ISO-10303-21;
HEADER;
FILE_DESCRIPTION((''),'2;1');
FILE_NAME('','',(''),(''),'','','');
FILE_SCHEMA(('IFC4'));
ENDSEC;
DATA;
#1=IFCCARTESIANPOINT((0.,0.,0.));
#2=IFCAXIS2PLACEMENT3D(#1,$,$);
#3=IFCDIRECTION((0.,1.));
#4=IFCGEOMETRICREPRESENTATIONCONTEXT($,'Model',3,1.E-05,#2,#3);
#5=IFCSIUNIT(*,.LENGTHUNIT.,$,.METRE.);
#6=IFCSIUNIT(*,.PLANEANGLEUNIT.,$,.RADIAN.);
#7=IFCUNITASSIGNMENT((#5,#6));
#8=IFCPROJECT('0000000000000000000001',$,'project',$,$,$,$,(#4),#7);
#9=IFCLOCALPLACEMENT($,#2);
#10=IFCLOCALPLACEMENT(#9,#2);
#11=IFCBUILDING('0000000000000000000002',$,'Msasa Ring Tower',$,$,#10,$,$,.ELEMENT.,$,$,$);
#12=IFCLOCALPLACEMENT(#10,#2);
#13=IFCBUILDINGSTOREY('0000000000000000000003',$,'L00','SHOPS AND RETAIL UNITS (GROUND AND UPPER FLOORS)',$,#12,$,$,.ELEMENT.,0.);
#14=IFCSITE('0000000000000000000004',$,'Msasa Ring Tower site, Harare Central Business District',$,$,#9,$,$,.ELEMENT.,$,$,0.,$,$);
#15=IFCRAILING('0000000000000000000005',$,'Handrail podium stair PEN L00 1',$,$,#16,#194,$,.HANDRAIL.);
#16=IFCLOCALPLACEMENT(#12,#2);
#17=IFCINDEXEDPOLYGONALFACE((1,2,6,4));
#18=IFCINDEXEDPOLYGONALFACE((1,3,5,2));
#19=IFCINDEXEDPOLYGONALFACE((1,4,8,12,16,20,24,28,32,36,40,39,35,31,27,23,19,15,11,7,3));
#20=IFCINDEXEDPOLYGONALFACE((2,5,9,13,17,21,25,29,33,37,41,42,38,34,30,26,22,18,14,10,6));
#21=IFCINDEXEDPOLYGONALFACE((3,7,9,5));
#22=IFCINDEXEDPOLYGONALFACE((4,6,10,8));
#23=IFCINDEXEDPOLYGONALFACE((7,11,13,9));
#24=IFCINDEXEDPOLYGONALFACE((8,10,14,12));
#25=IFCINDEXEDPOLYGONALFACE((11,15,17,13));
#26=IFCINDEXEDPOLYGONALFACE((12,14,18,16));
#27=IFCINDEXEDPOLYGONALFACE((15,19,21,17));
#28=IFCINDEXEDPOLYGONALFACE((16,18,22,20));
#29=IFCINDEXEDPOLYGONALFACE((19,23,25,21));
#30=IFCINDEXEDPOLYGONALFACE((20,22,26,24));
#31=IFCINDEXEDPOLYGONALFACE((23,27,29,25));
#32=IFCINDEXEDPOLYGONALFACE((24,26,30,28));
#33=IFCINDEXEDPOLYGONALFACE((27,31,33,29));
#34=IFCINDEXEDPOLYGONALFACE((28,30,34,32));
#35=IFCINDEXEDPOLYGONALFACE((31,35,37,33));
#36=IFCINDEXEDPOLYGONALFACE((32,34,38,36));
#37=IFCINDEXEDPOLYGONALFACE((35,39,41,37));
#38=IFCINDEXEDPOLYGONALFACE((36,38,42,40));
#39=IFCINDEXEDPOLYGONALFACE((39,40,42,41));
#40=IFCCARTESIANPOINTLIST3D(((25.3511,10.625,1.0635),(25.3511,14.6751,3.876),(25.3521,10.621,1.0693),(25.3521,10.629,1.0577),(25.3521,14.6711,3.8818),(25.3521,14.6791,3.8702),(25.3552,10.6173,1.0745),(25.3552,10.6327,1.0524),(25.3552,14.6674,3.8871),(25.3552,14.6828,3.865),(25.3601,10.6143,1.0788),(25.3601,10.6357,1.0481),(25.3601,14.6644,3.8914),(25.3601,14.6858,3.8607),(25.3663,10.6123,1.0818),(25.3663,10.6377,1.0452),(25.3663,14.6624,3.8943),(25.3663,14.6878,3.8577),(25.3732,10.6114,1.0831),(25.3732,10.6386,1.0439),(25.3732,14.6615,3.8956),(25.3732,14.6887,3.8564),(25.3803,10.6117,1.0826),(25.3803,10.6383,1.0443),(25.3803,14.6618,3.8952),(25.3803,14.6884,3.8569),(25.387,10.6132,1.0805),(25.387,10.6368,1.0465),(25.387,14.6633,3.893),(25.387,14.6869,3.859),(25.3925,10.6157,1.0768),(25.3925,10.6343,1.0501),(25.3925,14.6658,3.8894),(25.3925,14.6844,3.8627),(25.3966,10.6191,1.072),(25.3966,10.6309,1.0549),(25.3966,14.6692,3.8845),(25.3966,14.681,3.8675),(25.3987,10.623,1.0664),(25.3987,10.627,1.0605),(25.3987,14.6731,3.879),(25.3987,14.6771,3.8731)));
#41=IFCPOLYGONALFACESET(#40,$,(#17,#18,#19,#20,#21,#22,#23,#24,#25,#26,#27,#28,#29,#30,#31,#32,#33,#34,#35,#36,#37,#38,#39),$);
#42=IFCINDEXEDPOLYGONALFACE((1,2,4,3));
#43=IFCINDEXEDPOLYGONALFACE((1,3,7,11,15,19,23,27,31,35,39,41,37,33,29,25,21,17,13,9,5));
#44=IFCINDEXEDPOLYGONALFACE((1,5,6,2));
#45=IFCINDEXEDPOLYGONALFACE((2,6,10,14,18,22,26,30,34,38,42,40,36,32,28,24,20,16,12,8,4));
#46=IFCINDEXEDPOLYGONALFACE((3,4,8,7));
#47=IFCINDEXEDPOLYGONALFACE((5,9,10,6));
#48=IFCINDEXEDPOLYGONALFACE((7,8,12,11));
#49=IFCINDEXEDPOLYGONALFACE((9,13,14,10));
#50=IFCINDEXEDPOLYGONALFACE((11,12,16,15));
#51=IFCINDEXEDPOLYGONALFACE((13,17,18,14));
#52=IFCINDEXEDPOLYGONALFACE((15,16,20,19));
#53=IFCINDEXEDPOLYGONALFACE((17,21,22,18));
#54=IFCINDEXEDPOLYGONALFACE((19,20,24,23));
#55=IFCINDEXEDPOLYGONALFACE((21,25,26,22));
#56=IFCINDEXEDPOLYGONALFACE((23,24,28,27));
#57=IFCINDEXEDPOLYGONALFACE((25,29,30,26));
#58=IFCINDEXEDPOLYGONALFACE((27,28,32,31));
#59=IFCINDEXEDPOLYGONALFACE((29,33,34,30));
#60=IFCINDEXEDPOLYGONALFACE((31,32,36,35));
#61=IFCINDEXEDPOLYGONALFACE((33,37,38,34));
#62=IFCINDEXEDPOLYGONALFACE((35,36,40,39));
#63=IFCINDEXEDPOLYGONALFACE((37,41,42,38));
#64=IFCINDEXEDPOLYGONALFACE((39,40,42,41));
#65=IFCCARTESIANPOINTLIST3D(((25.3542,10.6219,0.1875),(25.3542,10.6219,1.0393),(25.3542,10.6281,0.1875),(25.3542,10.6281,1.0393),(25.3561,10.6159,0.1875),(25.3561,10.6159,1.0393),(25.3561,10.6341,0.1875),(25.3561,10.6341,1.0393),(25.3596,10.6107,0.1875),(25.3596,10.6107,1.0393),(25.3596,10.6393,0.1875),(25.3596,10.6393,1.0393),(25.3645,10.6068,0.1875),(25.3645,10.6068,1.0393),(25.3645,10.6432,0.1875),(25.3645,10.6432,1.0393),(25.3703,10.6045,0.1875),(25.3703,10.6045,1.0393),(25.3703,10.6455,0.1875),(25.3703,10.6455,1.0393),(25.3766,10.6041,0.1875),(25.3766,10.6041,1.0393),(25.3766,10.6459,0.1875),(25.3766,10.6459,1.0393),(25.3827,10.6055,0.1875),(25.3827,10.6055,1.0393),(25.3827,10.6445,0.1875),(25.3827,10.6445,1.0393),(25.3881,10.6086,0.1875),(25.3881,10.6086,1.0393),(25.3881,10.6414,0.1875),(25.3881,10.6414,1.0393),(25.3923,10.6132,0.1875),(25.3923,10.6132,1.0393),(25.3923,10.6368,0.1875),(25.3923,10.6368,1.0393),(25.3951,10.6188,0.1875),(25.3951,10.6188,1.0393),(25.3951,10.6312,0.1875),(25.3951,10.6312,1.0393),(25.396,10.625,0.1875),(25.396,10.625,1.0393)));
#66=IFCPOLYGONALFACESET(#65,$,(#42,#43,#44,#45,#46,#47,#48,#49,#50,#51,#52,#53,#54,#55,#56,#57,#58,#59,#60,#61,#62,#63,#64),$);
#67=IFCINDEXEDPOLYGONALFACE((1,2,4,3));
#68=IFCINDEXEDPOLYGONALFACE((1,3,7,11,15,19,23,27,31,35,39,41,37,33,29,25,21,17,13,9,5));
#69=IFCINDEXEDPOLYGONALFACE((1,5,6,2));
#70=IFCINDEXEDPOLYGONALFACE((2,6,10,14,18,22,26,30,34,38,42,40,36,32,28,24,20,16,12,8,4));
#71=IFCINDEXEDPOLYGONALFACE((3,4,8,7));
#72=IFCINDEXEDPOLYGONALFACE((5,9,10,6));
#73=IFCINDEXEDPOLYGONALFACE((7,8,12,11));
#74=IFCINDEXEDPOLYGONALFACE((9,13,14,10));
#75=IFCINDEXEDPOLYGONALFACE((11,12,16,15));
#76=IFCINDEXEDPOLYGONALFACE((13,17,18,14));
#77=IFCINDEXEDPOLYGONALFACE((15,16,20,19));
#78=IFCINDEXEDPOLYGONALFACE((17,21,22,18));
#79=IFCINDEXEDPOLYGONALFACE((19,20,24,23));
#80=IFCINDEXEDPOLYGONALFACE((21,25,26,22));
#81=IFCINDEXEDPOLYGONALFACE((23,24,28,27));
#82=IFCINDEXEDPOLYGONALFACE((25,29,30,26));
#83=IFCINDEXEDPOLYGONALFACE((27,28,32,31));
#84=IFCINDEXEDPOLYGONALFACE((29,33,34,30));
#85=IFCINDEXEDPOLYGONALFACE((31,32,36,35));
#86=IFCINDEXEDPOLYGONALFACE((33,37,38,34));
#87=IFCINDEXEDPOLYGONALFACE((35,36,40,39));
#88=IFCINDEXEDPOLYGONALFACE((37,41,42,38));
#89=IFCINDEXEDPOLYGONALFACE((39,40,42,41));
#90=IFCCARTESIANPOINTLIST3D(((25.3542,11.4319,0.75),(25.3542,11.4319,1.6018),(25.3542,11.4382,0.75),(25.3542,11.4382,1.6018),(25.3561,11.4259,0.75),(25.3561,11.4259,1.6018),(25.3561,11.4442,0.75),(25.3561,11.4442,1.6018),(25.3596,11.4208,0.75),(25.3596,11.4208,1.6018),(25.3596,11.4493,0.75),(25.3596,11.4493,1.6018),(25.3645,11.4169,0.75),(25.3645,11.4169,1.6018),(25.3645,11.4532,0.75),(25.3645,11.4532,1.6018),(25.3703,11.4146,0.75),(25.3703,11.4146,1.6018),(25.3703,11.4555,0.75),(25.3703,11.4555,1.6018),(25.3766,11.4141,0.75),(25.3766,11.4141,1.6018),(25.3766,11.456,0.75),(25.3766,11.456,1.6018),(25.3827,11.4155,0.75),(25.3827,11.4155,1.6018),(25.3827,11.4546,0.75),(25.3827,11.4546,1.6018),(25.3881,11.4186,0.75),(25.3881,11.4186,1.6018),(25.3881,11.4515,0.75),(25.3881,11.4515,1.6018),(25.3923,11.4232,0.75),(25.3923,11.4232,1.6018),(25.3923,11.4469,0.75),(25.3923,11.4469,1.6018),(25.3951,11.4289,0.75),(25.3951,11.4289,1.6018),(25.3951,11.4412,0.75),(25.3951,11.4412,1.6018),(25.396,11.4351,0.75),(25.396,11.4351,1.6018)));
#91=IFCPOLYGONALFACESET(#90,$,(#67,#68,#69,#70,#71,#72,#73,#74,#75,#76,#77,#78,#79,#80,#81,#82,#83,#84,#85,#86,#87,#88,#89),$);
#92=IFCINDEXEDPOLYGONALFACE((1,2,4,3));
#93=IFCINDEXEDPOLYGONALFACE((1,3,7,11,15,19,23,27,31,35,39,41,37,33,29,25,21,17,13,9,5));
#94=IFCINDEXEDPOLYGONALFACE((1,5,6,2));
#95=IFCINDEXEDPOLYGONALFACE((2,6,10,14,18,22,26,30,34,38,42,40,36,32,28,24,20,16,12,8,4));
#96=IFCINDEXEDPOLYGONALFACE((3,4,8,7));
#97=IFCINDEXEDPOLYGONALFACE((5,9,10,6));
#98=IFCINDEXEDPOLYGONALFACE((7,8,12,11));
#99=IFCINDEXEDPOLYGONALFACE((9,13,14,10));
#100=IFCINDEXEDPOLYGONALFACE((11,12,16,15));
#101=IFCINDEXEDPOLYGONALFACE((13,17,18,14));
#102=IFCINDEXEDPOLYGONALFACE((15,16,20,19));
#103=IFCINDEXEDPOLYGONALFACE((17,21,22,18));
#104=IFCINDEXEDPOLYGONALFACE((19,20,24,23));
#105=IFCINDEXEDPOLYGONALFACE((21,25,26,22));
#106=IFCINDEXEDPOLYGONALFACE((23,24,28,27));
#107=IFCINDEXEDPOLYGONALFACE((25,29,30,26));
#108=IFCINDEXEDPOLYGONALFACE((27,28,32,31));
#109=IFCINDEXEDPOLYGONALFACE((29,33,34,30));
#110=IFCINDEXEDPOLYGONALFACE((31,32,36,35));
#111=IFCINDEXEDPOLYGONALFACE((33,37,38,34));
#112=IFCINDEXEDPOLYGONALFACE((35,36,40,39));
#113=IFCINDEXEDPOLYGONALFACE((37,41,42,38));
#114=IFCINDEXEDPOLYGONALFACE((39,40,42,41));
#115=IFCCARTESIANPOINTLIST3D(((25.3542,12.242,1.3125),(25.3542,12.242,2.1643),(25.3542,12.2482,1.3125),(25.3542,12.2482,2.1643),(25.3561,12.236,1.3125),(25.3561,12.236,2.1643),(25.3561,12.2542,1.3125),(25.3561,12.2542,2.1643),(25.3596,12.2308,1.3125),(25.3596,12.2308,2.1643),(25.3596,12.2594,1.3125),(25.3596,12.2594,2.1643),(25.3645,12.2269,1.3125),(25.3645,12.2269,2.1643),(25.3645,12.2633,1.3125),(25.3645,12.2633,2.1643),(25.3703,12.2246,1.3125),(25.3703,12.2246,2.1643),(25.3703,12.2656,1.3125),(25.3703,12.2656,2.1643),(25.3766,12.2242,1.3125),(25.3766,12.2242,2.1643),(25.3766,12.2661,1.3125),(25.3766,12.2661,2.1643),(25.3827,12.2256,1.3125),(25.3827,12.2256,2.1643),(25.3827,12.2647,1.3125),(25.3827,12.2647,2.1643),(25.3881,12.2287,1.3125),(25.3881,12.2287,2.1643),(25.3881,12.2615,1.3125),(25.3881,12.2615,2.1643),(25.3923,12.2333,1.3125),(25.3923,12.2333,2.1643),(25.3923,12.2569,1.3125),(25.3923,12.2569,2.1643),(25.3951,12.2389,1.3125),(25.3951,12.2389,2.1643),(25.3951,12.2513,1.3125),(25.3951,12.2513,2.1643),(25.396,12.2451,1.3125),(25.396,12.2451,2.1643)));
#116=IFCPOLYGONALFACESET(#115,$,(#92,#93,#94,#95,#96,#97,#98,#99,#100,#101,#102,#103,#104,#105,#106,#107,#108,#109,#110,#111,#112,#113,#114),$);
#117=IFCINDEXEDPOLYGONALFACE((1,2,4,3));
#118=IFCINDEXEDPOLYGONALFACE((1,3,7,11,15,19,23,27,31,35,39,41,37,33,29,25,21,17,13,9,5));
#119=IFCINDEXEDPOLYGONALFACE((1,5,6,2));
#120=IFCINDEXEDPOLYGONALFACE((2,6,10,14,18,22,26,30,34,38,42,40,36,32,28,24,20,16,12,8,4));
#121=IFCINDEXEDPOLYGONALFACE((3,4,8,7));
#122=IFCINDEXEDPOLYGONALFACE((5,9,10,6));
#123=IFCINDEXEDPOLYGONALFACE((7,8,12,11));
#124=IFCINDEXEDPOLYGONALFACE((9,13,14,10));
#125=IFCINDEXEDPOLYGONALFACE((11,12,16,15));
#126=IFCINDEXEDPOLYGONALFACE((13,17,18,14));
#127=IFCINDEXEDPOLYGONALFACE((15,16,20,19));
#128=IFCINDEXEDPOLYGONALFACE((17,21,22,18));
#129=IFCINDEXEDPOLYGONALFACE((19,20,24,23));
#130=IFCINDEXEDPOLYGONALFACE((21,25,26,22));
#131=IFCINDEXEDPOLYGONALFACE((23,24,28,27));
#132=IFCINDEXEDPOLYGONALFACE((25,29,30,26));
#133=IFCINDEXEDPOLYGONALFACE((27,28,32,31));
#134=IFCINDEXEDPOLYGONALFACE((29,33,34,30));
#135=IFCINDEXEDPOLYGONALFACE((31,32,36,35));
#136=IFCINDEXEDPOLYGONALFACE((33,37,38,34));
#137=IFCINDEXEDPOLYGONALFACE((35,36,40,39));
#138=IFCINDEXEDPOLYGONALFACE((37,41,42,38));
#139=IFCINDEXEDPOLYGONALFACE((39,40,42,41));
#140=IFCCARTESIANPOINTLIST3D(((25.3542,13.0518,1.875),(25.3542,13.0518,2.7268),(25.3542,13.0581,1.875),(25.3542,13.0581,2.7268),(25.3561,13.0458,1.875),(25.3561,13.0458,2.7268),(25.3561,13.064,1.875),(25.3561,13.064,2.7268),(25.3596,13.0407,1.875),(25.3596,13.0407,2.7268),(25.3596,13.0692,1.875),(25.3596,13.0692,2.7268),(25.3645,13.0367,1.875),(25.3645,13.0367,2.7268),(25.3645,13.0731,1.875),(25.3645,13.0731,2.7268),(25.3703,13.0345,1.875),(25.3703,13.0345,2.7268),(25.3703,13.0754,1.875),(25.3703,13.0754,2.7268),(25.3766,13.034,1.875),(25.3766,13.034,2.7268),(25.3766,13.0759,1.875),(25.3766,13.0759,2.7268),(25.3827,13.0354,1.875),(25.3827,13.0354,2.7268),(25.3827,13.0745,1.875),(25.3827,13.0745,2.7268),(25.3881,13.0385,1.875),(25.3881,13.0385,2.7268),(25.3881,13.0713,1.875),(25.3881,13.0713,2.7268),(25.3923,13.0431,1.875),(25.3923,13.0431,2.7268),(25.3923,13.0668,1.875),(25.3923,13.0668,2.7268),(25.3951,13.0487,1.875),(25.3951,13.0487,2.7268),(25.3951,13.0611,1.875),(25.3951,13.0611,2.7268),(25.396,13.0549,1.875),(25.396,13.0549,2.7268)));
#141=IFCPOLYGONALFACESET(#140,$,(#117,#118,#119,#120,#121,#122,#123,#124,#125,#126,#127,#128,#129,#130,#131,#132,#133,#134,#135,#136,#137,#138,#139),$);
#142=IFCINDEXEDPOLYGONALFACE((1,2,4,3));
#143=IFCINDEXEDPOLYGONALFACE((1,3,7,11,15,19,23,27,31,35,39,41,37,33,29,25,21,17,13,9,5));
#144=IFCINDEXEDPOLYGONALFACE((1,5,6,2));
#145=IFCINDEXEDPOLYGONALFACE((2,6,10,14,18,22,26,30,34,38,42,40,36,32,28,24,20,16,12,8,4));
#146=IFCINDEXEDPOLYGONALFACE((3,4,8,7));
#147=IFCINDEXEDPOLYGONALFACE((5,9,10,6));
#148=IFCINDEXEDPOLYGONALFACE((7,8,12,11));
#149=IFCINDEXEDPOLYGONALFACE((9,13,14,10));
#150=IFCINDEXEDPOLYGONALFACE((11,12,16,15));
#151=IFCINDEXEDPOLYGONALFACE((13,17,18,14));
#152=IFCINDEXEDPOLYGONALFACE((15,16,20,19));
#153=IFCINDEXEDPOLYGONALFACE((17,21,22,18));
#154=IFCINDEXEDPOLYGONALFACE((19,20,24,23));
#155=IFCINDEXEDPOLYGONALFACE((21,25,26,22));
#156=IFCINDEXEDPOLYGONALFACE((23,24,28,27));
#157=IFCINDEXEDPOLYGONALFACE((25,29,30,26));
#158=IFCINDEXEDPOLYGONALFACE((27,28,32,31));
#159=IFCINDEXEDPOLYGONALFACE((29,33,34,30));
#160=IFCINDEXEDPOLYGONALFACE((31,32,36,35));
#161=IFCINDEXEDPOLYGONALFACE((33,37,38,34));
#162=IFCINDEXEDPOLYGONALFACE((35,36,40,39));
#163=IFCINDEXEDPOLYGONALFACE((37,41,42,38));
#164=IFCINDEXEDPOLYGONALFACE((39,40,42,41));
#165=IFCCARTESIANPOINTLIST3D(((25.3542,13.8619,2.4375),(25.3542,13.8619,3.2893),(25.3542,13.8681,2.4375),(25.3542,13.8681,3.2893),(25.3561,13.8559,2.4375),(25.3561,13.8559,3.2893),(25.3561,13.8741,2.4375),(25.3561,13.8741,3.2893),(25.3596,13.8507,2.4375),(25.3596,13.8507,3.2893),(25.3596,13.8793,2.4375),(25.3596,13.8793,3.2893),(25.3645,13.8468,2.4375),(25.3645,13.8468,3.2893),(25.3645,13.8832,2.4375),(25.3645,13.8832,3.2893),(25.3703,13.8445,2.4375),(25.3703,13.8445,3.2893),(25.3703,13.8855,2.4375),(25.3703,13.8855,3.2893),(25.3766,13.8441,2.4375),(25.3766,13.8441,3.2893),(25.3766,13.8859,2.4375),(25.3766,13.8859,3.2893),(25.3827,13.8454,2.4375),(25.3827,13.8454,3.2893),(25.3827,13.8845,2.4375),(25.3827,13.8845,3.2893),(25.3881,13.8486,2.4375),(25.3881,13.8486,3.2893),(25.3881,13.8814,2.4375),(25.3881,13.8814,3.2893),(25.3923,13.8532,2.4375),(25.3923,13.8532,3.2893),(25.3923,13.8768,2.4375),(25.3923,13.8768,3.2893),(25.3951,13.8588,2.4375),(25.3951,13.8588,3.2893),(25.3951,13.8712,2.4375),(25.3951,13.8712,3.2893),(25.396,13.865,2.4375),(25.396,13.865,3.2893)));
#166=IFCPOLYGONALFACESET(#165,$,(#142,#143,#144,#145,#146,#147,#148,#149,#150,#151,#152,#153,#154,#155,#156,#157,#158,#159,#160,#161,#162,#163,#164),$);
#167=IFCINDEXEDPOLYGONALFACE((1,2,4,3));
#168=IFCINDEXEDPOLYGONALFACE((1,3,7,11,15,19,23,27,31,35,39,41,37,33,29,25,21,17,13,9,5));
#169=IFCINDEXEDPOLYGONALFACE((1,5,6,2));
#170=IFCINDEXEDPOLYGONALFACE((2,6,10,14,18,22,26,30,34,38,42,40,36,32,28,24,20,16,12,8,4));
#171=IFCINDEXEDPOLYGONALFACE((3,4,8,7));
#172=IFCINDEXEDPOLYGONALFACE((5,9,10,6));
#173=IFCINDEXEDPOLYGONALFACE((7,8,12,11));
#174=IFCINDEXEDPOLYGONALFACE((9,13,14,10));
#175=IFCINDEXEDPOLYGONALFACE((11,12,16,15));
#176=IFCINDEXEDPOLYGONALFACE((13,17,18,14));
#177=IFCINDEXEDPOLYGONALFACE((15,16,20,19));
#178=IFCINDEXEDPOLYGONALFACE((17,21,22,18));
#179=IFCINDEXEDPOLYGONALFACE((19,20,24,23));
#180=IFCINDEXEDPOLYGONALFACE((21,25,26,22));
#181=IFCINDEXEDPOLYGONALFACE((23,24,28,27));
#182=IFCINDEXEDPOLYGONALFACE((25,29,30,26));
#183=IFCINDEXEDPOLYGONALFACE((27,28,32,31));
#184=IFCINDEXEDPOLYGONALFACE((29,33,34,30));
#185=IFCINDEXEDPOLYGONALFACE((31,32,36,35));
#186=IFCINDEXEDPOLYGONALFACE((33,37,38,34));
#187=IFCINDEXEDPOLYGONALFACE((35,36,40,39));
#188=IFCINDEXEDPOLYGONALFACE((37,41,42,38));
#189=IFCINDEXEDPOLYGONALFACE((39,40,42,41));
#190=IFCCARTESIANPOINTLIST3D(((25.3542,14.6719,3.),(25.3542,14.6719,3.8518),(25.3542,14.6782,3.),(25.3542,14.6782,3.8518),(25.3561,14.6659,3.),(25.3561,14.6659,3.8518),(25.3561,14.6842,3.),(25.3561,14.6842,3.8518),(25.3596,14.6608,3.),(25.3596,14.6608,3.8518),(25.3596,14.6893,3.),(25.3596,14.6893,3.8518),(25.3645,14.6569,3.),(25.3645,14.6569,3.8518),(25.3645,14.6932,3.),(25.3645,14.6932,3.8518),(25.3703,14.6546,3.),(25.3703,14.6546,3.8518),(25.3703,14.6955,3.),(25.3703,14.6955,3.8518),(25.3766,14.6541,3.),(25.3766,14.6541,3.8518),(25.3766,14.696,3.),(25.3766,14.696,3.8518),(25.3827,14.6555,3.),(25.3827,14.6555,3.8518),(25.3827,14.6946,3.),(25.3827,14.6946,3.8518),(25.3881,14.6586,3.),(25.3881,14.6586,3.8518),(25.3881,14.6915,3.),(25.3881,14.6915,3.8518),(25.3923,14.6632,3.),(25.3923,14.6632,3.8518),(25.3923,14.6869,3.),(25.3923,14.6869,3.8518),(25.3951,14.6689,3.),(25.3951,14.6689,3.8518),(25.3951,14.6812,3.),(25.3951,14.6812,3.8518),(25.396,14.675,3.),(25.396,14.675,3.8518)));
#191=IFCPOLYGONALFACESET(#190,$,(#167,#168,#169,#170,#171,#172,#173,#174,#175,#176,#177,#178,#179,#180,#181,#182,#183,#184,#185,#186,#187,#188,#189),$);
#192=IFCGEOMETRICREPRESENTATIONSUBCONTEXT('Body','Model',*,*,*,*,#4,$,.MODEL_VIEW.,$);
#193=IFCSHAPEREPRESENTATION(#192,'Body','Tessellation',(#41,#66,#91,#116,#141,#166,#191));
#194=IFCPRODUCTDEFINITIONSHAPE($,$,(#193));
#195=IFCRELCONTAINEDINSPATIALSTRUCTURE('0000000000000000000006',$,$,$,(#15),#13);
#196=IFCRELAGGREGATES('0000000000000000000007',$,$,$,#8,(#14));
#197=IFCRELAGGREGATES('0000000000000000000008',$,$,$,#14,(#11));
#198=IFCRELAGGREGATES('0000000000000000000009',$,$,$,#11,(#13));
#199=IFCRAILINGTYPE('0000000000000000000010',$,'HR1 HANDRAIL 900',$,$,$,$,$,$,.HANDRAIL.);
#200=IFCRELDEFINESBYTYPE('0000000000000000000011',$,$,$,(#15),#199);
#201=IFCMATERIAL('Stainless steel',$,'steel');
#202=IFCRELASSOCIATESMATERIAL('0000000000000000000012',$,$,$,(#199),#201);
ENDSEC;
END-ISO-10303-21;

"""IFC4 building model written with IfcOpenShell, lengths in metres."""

from ifc_helpers import new_model, si_unit, direction, frame, origin, origin_2d, place, context, subcontext, project, spatial, circle, extrude, material, type_object, element, save


model = new_model("IFC4")

# Units and contexts
model_context = context("Model", 3, precision=1e-05, world=origin(), true_north=direction((0.0, 1.0)))
body_context = subcontext(model_context, "Body", "Model", "MODEL_VIEW")
ifc_project = project(units=[si_unit("LENGTHUNIT", "METRE"), si_unit("PLANEANGLEUNIT", "RADIAN")], contexts=[model_context])

# Site, building, storey
site_placement = place(None, origin())
site = spatial("IfcSite", under=ifc_project, at=site_placement, Name="Msasa Ring Tower site, Harare Central Business District", CompositionType="ELEMENT", RefElevation=0.0)
building_placement = place(site_placement, origin())
building = spatial("IfcBuilding", under=site, at=building_placement, Name="Msasa Ring Tower", CompositionType="ELEMENT")
storey_placement = place(building_placement, origin())
storey = spatial("IfcBuildingStorey", under=building, at=storey_placement, Name="L00", Description="SHOPS AND RETAIL UNITS (GROUND AND UPPER FLOORS)", CompositionType="ELEMENT", Elevation=0.0)

# Railing
ifc_material_1 = material(Name="Stainless steel", Category="steel")
railing_type = type_object("IfcRailingType", Name="HR1 HANDRAIL 900", PredefinedType="HANDRAIL", material=ifc_material_1)
for number, where, name in (
    (1, (25.375, 10.625, 0.1875), "Handrail podium stair PEN L00 1"),
):
    element("IfcRailing", number, at=place(storey_placement, frame(where)), inside=storey, type_object=railing_type, Name=name, PredefinedType="HANDRAIL", context=body_context, shape_type="SweptSolid", body=[
        extrude(circle(Radius=0.0239, at=origin_2d()), frame((0.0, 0.0, 0.876), z_axis=(0.0, 0.821373, 0.570391), x_axis=(-1.0, 0.0, 0.0)), (0.0, 0.0, 1.0), 4.9309),
        extrude(circle(Radius=0.021, at=origin_2d()), origin(), (0.0, 0.0, 1.0), 0.8518),
        extrude(circle(Radius=0.021, at=origin_2d()), frame((0.0, 0.8101, 0.5625)), (0.0, 0.0, 1.0), 0.8518),
        extrude(circle(Radius=0.021, at=origin_2d()), frame((0.0, 1.6201, 1.125)), (0.0, 0.0, 1.0), 0.8518),
        extrude(circle(Radius=0.021, at=origin_2d()), frame((0.0, 2.4299, 1.6875)), (0.0, 0.0, 1.0), 0.8518),
        extrude(circle(Radius=0.021, at=origin_2d()), frame((0.0, 3.24, 2.25)), (0.0, 0.0, 1.0), 0.8518),
        extrude(circle(Radius=0.021, at=origin_2d()), frame((0.0, 4.05, 2.8125)), (0.0, 0.0, 1.0), 0.8518),
    ])

save(model, "model.ifc")
